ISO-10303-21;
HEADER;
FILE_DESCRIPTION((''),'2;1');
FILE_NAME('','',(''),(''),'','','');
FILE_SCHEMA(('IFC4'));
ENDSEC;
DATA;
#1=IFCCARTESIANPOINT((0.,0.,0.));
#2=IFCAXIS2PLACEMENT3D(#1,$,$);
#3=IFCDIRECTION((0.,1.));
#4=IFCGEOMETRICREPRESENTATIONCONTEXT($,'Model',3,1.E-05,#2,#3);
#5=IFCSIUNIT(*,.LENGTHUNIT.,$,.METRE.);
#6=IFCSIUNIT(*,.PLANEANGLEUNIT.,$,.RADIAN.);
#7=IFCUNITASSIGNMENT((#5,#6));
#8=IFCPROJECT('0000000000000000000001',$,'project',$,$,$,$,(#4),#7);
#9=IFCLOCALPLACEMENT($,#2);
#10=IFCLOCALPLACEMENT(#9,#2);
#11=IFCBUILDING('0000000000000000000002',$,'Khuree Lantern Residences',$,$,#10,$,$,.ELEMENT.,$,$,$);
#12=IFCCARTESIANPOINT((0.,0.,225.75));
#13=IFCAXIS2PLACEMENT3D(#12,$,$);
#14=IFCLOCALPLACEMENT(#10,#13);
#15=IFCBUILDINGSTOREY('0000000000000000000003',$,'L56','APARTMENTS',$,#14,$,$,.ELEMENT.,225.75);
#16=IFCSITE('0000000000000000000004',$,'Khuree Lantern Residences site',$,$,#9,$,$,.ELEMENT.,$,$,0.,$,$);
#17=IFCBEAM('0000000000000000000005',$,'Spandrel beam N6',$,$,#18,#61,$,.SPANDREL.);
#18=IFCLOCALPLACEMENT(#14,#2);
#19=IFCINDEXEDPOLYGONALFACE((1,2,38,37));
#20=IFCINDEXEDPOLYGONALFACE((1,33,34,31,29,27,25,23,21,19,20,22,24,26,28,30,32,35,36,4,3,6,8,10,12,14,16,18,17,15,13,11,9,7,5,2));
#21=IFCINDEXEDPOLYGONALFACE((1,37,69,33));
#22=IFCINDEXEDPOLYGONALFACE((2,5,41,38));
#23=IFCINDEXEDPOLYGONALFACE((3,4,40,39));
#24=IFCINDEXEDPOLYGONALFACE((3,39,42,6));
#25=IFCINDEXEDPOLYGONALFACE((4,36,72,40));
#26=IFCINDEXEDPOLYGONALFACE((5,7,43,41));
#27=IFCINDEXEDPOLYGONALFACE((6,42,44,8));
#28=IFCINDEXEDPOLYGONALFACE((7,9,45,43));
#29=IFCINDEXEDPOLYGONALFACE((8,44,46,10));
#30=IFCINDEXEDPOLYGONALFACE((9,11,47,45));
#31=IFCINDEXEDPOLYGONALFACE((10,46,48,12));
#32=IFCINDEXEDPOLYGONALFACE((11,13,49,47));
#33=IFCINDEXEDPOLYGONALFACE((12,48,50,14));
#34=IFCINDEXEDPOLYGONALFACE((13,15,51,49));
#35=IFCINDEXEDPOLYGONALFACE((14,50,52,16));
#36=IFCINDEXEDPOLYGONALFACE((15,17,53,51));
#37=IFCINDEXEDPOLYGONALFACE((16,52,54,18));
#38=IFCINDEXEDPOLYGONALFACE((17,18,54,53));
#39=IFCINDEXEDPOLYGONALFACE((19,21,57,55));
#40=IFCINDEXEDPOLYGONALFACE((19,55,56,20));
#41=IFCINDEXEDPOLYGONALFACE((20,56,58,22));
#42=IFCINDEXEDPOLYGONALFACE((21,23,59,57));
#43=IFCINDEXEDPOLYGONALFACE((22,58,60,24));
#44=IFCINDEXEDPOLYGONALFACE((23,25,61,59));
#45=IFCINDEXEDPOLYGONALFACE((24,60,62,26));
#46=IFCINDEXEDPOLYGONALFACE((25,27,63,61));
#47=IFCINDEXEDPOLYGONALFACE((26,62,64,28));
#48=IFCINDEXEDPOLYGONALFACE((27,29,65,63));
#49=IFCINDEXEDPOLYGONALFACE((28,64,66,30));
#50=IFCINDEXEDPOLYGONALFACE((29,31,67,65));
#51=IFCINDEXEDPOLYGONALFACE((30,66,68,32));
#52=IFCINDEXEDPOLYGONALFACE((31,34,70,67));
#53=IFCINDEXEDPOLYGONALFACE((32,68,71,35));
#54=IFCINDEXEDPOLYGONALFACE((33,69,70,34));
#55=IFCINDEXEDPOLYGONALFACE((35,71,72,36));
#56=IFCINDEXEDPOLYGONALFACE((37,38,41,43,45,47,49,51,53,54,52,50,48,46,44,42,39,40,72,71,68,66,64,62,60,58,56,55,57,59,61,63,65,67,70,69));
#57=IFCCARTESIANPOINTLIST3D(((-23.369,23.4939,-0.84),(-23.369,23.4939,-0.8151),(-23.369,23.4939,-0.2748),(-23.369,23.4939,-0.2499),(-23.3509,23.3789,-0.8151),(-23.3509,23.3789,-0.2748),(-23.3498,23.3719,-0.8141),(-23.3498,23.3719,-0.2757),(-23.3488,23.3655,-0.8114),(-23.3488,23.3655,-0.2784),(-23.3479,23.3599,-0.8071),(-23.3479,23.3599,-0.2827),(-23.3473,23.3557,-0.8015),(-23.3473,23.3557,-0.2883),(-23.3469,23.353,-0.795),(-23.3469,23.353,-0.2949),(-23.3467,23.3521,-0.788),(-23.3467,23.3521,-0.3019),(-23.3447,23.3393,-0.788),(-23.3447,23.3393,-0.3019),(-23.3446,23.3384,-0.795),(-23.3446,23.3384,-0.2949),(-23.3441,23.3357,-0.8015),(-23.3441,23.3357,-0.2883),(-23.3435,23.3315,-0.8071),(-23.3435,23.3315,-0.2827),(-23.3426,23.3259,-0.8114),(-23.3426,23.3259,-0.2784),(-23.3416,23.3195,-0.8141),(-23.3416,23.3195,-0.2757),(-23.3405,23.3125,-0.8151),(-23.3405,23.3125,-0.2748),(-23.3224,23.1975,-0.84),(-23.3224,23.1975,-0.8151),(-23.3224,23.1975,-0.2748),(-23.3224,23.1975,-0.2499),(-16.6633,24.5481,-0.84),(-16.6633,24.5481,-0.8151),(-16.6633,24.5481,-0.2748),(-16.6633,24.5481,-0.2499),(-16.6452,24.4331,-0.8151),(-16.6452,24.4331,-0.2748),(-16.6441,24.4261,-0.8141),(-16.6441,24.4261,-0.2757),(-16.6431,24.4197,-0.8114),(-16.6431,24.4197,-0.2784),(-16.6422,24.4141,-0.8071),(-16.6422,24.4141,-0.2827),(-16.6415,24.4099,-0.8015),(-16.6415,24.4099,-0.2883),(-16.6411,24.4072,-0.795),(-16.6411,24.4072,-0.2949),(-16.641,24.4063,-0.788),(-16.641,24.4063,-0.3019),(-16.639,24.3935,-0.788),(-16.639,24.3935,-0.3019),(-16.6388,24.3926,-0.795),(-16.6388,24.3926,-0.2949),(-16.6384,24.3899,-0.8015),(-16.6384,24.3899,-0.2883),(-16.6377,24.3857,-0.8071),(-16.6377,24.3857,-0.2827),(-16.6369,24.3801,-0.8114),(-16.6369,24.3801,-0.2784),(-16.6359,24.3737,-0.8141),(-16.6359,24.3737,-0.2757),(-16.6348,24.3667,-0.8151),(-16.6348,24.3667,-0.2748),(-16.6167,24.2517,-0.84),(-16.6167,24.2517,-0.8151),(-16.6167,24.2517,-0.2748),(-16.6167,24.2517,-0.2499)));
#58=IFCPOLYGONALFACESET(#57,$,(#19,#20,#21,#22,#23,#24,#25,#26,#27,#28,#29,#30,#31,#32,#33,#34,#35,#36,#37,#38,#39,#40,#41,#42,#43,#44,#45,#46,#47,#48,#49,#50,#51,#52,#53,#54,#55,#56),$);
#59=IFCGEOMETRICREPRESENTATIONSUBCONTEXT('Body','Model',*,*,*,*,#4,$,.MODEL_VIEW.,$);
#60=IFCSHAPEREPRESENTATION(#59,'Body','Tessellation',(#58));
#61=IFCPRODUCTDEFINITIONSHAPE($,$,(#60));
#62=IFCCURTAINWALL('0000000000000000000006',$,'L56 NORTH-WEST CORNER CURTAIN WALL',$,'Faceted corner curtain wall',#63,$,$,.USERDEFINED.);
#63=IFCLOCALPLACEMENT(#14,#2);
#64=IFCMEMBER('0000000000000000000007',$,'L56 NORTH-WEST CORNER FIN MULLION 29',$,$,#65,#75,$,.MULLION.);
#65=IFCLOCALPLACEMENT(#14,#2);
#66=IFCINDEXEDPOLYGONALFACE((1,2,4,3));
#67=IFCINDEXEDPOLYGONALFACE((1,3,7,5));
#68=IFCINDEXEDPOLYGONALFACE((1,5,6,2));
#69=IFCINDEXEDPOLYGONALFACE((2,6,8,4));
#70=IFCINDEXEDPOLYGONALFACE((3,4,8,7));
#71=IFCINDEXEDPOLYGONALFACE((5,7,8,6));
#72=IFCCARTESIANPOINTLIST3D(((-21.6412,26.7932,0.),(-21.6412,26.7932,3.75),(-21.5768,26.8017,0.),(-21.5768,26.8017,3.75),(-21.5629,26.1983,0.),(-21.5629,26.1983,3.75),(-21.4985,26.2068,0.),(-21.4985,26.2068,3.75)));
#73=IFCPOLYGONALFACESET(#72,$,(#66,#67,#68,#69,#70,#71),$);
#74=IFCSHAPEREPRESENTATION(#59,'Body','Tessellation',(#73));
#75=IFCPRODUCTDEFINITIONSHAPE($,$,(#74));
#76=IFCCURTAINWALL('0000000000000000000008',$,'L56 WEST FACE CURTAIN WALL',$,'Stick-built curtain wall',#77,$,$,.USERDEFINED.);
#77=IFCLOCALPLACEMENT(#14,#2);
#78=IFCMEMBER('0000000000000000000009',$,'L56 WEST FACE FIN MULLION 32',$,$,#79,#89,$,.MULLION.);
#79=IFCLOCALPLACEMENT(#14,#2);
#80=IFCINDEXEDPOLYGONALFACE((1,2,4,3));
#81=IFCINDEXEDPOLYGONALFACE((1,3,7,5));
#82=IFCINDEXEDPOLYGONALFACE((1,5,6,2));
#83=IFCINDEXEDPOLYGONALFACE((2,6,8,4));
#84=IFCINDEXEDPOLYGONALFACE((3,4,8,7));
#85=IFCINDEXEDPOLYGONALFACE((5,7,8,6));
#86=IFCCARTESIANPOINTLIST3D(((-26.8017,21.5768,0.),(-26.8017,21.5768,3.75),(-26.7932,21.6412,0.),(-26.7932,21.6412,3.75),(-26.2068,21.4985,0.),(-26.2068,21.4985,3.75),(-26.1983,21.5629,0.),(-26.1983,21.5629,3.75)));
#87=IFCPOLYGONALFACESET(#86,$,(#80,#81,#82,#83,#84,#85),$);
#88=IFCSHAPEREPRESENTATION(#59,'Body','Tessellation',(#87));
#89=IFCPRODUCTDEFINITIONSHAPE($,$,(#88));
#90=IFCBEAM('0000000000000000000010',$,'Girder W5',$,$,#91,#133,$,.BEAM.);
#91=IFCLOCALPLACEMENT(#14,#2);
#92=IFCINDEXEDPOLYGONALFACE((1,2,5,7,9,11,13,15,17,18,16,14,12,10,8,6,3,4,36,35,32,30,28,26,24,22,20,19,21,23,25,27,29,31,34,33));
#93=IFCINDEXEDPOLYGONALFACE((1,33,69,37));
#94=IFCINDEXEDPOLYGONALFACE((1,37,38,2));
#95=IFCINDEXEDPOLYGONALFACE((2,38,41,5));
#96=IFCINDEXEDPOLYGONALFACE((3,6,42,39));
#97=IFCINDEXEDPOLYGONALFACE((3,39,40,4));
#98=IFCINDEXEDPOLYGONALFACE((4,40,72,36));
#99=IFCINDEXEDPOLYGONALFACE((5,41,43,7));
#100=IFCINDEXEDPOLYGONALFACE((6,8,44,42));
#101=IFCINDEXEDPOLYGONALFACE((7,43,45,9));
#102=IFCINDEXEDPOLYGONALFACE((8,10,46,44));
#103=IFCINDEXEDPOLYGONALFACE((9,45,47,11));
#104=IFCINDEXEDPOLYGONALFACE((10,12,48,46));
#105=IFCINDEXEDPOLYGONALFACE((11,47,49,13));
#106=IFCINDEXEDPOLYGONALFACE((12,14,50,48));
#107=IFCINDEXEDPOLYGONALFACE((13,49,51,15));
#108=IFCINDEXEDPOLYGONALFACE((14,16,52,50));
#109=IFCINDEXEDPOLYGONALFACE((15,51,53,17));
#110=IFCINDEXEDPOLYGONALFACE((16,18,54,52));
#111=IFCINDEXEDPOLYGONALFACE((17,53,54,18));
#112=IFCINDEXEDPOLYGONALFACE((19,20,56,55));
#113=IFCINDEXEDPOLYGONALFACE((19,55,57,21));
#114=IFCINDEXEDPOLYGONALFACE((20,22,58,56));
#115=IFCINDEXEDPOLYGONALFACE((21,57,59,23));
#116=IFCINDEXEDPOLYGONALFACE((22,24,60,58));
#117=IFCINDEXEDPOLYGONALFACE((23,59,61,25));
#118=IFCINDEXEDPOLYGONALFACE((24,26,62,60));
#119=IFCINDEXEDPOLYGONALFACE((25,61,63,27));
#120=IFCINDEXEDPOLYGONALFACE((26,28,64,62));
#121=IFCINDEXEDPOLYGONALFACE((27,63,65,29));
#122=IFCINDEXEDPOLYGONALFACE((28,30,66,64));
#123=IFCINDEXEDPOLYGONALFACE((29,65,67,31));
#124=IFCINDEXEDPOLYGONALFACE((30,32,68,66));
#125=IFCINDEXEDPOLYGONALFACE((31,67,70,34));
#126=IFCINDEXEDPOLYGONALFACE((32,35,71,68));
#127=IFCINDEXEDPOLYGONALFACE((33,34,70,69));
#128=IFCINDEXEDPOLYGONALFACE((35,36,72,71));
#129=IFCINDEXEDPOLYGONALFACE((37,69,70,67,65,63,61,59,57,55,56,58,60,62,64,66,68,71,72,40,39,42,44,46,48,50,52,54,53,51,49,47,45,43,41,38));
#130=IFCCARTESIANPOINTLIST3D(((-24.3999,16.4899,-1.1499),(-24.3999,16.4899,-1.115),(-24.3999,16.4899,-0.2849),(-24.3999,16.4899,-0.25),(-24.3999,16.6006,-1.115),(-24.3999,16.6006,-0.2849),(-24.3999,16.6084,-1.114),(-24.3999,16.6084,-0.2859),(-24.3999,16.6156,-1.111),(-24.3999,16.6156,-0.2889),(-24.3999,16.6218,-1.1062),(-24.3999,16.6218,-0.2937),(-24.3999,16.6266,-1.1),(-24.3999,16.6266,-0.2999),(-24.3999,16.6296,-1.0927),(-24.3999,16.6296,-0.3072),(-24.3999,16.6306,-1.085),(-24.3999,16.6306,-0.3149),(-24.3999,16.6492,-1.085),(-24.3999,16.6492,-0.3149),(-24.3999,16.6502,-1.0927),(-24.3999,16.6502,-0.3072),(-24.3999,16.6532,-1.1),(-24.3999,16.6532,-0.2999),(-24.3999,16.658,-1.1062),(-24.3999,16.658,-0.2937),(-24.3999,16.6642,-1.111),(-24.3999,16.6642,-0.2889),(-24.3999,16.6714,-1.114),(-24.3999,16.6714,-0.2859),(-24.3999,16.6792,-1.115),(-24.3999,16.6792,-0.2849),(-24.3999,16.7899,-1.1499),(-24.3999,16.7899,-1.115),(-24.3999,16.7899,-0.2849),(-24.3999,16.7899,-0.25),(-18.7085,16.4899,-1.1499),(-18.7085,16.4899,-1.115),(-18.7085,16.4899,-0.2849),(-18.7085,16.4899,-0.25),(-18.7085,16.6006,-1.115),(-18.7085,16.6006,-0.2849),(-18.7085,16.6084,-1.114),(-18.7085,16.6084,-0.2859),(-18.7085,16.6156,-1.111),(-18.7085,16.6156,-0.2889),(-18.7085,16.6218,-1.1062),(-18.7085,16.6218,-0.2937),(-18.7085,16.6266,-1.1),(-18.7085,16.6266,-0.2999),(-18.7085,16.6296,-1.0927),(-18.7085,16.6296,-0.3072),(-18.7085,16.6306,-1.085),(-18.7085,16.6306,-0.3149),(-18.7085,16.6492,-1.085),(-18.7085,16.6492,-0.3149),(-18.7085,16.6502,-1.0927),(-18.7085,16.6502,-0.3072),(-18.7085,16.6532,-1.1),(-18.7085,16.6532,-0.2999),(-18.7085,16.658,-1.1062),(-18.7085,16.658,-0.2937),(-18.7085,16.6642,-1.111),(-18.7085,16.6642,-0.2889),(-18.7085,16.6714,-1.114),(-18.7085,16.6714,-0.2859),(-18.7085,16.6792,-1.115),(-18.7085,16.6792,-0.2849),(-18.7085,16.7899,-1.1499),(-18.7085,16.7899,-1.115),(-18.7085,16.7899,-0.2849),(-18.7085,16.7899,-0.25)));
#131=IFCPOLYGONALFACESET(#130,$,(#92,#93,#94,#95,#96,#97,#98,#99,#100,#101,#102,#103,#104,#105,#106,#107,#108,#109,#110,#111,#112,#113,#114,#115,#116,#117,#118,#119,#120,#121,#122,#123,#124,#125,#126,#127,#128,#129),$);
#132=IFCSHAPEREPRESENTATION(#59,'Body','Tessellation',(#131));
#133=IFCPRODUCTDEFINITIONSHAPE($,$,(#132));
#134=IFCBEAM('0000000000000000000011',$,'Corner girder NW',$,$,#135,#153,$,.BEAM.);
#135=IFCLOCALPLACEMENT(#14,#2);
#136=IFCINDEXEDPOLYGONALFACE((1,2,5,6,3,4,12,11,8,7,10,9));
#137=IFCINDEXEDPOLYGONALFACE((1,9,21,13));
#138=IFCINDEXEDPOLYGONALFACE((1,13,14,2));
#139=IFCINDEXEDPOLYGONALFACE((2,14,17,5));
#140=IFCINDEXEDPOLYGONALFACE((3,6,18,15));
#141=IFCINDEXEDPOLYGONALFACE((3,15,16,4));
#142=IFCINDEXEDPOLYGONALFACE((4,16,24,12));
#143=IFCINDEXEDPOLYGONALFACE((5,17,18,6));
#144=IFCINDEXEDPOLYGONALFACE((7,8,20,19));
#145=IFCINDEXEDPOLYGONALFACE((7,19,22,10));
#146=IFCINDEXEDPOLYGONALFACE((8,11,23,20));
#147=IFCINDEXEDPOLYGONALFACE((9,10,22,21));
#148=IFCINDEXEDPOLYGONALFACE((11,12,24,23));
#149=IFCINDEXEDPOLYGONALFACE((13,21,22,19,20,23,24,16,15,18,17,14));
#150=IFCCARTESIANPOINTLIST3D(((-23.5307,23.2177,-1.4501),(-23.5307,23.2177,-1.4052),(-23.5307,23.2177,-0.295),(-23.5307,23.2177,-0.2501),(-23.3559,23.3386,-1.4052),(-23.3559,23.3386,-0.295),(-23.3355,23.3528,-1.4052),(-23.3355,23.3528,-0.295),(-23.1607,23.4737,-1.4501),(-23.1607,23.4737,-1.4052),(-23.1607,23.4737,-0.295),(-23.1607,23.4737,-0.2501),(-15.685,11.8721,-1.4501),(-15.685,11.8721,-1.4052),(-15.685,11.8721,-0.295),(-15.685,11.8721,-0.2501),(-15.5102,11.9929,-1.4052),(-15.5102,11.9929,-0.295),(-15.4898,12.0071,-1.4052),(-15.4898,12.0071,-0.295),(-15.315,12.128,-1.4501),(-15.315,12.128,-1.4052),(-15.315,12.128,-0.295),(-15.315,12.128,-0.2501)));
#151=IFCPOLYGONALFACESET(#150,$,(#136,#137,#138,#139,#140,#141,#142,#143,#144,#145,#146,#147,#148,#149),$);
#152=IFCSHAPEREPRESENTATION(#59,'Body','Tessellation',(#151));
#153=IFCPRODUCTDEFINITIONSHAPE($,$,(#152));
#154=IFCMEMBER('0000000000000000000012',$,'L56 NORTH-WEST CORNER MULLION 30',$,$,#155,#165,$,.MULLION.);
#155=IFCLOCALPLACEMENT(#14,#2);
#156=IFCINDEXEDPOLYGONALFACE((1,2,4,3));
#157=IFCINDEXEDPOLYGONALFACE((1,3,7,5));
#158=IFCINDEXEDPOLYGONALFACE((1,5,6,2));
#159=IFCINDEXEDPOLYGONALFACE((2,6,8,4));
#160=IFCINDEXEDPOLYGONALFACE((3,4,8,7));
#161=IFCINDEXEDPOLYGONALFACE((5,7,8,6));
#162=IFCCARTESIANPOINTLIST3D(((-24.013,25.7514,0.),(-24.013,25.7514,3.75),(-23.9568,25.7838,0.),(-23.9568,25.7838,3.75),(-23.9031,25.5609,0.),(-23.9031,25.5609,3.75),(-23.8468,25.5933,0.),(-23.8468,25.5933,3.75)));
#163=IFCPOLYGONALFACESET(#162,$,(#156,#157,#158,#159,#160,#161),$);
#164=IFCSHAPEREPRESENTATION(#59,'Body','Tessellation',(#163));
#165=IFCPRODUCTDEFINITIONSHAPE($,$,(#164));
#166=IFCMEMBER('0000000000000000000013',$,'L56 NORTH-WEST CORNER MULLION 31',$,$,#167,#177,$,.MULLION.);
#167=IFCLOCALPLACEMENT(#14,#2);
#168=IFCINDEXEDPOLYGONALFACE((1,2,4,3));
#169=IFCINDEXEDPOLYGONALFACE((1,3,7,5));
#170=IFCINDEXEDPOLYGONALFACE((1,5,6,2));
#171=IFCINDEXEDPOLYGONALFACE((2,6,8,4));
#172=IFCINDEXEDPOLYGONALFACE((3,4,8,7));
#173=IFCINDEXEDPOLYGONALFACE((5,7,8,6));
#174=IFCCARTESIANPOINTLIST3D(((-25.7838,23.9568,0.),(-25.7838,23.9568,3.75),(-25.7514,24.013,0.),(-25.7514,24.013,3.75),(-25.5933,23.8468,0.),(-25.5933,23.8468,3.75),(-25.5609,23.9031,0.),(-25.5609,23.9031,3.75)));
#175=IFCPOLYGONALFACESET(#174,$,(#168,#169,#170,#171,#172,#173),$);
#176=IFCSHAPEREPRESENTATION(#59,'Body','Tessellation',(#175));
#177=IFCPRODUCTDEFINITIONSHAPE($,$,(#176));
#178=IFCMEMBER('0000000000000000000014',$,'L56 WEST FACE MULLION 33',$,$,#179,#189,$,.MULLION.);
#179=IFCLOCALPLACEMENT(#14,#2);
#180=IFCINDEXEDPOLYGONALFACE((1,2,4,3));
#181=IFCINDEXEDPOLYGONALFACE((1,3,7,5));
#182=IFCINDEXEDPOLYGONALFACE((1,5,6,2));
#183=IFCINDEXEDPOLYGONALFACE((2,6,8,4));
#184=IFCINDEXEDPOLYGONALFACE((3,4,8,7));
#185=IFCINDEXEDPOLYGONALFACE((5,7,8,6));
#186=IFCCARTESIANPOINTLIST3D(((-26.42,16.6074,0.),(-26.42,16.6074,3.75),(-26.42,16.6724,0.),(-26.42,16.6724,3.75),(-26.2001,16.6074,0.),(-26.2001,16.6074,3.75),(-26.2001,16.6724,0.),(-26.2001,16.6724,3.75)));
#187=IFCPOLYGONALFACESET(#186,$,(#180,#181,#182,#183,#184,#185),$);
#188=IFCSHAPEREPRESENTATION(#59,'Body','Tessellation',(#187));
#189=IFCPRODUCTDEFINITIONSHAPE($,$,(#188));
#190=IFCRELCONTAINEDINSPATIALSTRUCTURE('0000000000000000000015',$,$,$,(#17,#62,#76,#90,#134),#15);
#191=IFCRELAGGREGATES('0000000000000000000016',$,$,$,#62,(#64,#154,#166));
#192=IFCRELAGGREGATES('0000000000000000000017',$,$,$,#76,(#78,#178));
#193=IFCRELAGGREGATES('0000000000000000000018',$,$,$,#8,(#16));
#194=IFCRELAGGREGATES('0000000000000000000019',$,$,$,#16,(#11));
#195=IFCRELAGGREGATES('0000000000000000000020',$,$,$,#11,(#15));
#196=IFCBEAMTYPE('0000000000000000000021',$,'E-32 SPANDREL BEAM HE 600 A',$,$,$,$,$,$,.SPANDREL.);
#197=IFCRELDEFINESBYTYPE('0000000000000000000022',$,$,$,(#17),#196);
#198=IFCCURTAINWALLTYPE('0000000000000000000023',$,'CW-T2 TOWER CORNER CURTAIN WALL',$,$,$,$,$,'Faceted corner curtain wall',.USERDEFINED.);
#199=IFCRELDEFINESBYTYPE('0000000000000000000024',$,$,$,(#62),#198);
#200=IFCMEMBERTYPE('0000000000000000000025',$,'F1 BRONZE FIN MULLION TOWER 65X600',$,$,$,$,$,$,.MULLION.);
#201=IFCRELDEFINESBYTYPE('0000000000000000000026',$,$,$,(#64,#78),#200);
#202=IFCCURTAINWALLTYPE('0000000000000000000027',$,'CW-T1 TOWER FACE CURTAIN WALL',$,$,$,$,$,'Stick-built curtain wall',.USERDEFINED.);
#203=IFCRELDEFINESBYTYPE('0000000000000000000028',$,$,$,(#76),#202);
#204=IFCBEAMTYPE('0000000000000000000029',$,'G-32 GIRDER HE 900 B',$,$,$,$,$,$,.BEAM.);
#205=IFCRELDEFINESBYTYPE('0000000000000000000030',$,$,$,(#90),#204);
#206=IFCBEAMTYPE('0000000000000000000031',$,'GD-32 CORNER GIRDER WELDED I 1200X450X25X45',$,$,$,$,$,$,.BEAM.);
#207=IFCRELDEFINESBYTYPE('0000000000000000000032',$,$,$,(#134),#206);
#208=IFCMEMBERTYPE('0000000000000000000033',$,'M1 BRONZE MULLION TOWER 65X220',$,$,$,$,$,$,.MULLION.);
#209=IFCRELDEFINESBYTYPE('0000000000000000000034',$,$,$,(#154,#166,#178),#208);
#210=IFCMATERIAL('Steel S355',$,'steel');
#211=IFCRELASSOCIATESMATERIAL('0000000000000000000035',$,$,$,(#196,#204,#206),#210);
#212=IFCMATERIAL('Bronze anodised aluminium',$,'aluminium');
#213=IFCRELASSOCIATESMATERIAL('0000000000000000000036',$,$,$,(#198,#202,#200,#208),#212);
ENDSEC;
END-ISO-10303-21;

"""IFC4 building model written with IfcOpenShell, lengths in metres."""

from ifc_helpers import new_model, si_unit, direction, frame, origin, origin_2d, place, context, subcontext, project, spatial, rectangle, i_section, extrude, material, material_profile, profile_set, type_object, element, aggregate, save


model = new_model("IFC4")

# Units and contexts
model_context = context("Model", 3, precision=1e-05, world=origin(), true_north=direction((0.0, 1.0)))
body_context = subcontext(model_context, "Body", "Model", "MODEL_VIEW")
ifc_project = project(units=[si_unit("LENGTHUNIT", "METRE"), si_unit("PLANEANGLEUNIT", "RADIAN")], contexts=[model_context])

# Site, building, storey
site_placement = place(None, origin())
site = spatial("IfcSite", under=ifc_project, at=site_placement, Name="Khuree Lantern Residences site", CompositionType="ELEMENT", RefElevation=0.0)
building_placement = place(site_placement, origin())
building = spatial("IfcBuilding", under=site, at=building_placement, Name="Khuree Lantern Residences", CompositionType="ELEMENT")
storey_placement = place(building_placement, frame((0.0, 0.0, 225.75)))
storey = spatial("IfcBuildingStorey", under=building, at=storey_placement, Name="L56", Description="APARTMENTS", CompositionType="ELEMENT", Elevation=225.75)

# Beam
ifc_material_1 = material(Name="Steel S355", Category="steel")
ifc_material_profile_1 = material_profile(ifc_material_1, i_section(OverallWidth=0.3, OverallDepth=0.5901, WebThickness=0.0129, FlangeThickness=0.0249, FilletRadius=0.0271, at=origin_2d()), Name="HE 600 A")
ifc_profile_set_1 = profile_set([ifc_material_profile_1], Name="Steel S355")
beam_type_1 = type_object("IfcBeamType", Name="E-32 SPANDREL BEAM HE 600 A", PredefinedType="SPANDREL", material=ifc_profile_set_1)
for number, where, z_axis, x_axis, name in (
    (1, (-23.3457, 23.3457, -0.5449), (0.987867, 0.1553, 0.0), (-0.1553, 0.987867, 0.0), "Spandrel beam N6"),
):
    element("IfcBeam", number, at=place(storey_placement, frame(where, z_axis=z_axis, x_axis=x_axis)), inside=storey, type_object=beam_type_1, Name=name, PredefinedType="SPANDREL", context=body_context, shape_type="SweptSolid", body=[
        extrude(i_section(OverallWidth=0.3, OverallDepth=0.5901, WebThickness=0.0129, FlangeThickness=0.0249, FilletRadius=0.0271, at=origin_2d()), origin(), (0.0, 0.0, 1.0), 6.7881),
    ])

# Curtain walls, members
ifc_material_2 = material(Name="Bronze anodised aluminium", Category="aluminium")
curtain_wall_type_1 = type_object("IfcCurtainWallType", Name="CW-T2 TOWER CORNER CURTAIN WALL", ElementType="Faceted corner curtain wall", PredefinedType="USERDEFINED", material=ifc_material_2)
curtain_wall_1_placement = place(storey_placement, origin())
curtain_wall_1 = element("IfcCurtainWall", 2, at=curtain_wall_1_placement, inside=storey, type_object=curtain_wall_type_1, Name="L56 NORTH-WEST CORNER CURTAIN WALL", ObjectType="Faceted corner curtain wall", PredefinedType="USERDEFINED")
ifc_material_profile_2 = material_profile(ifc_material_2, rectangle(XDim=0.0649, YDim=0.6001, at=origin_2d()), Name="F1 65X600")
ifc_profile_set_2 = profile_set([ifc_material_profile_2], Name="Bronze anodised aluminium")
member_type_1 = type_object("IfcMemberType", Name="F1 BRONZE FIN MULLION TOWER 65X600", PredefinedType="MULLION", material=ifc_profile_set_2)
member_1_placement = place(storey_placement, frame((-21.5698, 26.5, 0.0), z_axis=(0.0, 0.0, 1.0), x_axis=(-0.991445, -0.130526, 0.0)))
member_1 = element("IfcMember", 3, at=member_1_placement, type_object=member_type_1, Name="L56 NORTH-WEST CORNER FIN MULLION 29", PredefinedType="MULLION", context=body_context, shape_type="SweptSolid", body=[
    extrude(rectangle(XDim=0.0649, YDim=0.6001, at=origin_2d()), origin(), (0.0, 0.0, 1.0), 3.75),
])
curtain_wall_type_2 = type_object("IfcCurtainWallType", Name="CW-T1 TOWER FACE CURTAIN WALL", ElementType="Stick-built curtain wall", PredefinedType="USERDEFINED", material=ifc_material_2)
curtain_wall_2_placement = place(storey_placement, origin())
curtain_wall_2 = element("IfcCurtainWall", 4, at=curtain_wall_2_placement, inside=storey, type_object=curtain_wall_type_2, Name="L56 WEST FACE CURTAIN WALL", ObjectType="Stick-built curtain wall", PredefinedType="USERDEFINED")
member_2_placement = place(storey_placement, frame((-26.5, 21.5698, 0.0), z_axis=(0.0, 0.0, 1.0), x_axis=(-0.130526, -0.991445, 0.0)))
member_2 = element("IfcMember", 5, at=member_2_placement, type_object=member_type_1, Name="L56 WEST FACE FIN MULLION 32", PredefinedType="MULLION", context=body_context, shape_type="SweptSolid", body=[
    extrude(rectangle(XDim=0.0649, YDim=0.6001, at=origin_2d()), origin(), (0.0, 0.0, 1.0), 3.75),
])

# Beams
ifc_material_profile_3 = material_profile(ifc_material_1, i_section(OverallWidth=0.3, OverallDepth=0.8999, WebThickness=0.0186, FlangeThickness=0.0349, FilletRadius=0.03, at=origin_2d()), Name="HE 900 B")
ifc_profile_set_3 = profile_set([ifc_material_profile_3], Name="Steel S355")
beam_type_2 = type_object("IfcBeamType", Name="G-32 GIRDER HE 900 B", PredefinedType="BEAM", material=ifc_profile_set_3)
beam_1_placement = place(storey_placement, frame((-24.3999, 16.6399, -0.7), z_axis=(1.0, 0.0, 0.0), x_axis=(0.0, 1.0, 0.0)))
element("IfcBeam", 6, at=beam_1_placement, inside=storey, type_object=beam_type_2, Name="Girder W5", PredefinedType="BEAM", context=body_context, shape_type="SweptSolid", body=[
    extrude(i_section(OverallWidth=0.3, OverallDepth=0.8999, WebThickness=0.0186, FlangeThickness=0.0349, FilletRadius=0.03, at=origin_2d()), origin(), (0.0, 0.0, 1.0), 5.6914),
])
ifc_material_profile_4 = material_profile(ifc_material_1, i_section(OverallWidth=0.45, OverallDepth=1.2, WebThickness=0.0249, FlangeThickness=0.0449, at=origin_2d()), Name="WELDED I 1200X450X25X45")
ifc_profile_set_4 = profile_set([ifc_material_profile_4], Name="Steel S355")
beam_type_3 = type_object("IfcBeamType", Name="GD-32 CORNER GIRDER WELDED I 1200X450X25X45", PredefinedType="BEAM", material=ifc_profile_set_4)
beam_2_placement = place(storey_placement, frame((-23.3457, 23.3457, -0.8501), z_axis=(0.568768, -0.822498, 0.0), x_axis=(0.822498, 0.568768, 0.0)))
element("IfcBeam", 7, at=beam_2_placement, inside=storey, type_object=beam_type_3, Name="Corner girder NW", PredefinedType="BEAM", context=body_context, shape_type="SweptSolid", body=[
    extrude(i_section(OverallWidth=0.45, OverallDepth=1.2, WebThickness=0.0249, FlangeThickness=0.0449, at=origin_2d()), origin(), (0.0, 0.0, 1.0), 13.7942),
])

# Members
ifc_material_profile_5 = material_profile(ifc_material_2, rectangle(XDim=0.0649, YDim=0.22, at=origin_2d()), Name="M1 65X220")
ifc_profile_set_5 = profile_set([ifc_material_profile_5], Name="Bronze anodised aluminium")
member_type_2 = type_object("IfcMemberType", Name="M1 BRONZE MULLION TOWER 65X220", PredefinedType="MULLION", material=ifc_profile_set_5)
member_3_placement = place(storey_placement, frame((-23.9299, 25.6724, 0.0), z_axis=(0.0, 0.0, 1.0), x_axis=(-0.866025, -0.5, 0.0)))
member_3 = element("IfcMember", 8, at=member_3_placement, type_object=member_type_2, Name="L56 NORTH-WEST CORNER MULLION 30", PredefinedType="MULLION", context=body_context, shape_type="SweptSolid", body=[
    extrude(rectangle(XDim=0.0649, YDim=0.22, at=origin_2d()), origin(), (0.0, 0.0, 1.0), 3.75),
])
member_4_placement = place(storey_placement, frame((-25.6724, 23.9299, 0.0), z_axis=(0.0, 0.0, 1.0), x_axis=(-0.5, -0.866025, 0.0)))
member_4 = element("IfcMember", 9, at=member_4_placement, type_object=member_type_2, Name="L56 NORTH-WEST CORNER MULLION 31", PredefinedType="MULLION", context=body_context, shape_type="SweptSolid", body=[
    extrude(rectangle(XDim=0.0649, YDim=0.22, at=origin_2d()), origin(), (0.0, 0.0, 1.0), 3.75),
])
member_5_placement = place(storey_placement, frame((-26.3101, 16.6399, 0.0), z_axis=(0.0, 0.0, 1.0), x_axis=(0.0, -1.0, 0.0)))
member_5 = element("IfcMember", 10, at=member_5_placement, type_object=member_type_2, Name="L56 WEST FACE MULLION 33", PredefinedType="MULLION", context=body_context, shape_type="SweptSolid", body=[
    extrude(rectangle(XDim=0.0649, YDim=0.22, at=origin_2d()), origin(), (0.0, 0.0, 1.0), 3.75),
])

aggregate(curtain_wall_1, [member_1, member_3, member_4])

aggregate(curtain_wall_2, [member_2, member_5])

save(model, "model.ifc")
